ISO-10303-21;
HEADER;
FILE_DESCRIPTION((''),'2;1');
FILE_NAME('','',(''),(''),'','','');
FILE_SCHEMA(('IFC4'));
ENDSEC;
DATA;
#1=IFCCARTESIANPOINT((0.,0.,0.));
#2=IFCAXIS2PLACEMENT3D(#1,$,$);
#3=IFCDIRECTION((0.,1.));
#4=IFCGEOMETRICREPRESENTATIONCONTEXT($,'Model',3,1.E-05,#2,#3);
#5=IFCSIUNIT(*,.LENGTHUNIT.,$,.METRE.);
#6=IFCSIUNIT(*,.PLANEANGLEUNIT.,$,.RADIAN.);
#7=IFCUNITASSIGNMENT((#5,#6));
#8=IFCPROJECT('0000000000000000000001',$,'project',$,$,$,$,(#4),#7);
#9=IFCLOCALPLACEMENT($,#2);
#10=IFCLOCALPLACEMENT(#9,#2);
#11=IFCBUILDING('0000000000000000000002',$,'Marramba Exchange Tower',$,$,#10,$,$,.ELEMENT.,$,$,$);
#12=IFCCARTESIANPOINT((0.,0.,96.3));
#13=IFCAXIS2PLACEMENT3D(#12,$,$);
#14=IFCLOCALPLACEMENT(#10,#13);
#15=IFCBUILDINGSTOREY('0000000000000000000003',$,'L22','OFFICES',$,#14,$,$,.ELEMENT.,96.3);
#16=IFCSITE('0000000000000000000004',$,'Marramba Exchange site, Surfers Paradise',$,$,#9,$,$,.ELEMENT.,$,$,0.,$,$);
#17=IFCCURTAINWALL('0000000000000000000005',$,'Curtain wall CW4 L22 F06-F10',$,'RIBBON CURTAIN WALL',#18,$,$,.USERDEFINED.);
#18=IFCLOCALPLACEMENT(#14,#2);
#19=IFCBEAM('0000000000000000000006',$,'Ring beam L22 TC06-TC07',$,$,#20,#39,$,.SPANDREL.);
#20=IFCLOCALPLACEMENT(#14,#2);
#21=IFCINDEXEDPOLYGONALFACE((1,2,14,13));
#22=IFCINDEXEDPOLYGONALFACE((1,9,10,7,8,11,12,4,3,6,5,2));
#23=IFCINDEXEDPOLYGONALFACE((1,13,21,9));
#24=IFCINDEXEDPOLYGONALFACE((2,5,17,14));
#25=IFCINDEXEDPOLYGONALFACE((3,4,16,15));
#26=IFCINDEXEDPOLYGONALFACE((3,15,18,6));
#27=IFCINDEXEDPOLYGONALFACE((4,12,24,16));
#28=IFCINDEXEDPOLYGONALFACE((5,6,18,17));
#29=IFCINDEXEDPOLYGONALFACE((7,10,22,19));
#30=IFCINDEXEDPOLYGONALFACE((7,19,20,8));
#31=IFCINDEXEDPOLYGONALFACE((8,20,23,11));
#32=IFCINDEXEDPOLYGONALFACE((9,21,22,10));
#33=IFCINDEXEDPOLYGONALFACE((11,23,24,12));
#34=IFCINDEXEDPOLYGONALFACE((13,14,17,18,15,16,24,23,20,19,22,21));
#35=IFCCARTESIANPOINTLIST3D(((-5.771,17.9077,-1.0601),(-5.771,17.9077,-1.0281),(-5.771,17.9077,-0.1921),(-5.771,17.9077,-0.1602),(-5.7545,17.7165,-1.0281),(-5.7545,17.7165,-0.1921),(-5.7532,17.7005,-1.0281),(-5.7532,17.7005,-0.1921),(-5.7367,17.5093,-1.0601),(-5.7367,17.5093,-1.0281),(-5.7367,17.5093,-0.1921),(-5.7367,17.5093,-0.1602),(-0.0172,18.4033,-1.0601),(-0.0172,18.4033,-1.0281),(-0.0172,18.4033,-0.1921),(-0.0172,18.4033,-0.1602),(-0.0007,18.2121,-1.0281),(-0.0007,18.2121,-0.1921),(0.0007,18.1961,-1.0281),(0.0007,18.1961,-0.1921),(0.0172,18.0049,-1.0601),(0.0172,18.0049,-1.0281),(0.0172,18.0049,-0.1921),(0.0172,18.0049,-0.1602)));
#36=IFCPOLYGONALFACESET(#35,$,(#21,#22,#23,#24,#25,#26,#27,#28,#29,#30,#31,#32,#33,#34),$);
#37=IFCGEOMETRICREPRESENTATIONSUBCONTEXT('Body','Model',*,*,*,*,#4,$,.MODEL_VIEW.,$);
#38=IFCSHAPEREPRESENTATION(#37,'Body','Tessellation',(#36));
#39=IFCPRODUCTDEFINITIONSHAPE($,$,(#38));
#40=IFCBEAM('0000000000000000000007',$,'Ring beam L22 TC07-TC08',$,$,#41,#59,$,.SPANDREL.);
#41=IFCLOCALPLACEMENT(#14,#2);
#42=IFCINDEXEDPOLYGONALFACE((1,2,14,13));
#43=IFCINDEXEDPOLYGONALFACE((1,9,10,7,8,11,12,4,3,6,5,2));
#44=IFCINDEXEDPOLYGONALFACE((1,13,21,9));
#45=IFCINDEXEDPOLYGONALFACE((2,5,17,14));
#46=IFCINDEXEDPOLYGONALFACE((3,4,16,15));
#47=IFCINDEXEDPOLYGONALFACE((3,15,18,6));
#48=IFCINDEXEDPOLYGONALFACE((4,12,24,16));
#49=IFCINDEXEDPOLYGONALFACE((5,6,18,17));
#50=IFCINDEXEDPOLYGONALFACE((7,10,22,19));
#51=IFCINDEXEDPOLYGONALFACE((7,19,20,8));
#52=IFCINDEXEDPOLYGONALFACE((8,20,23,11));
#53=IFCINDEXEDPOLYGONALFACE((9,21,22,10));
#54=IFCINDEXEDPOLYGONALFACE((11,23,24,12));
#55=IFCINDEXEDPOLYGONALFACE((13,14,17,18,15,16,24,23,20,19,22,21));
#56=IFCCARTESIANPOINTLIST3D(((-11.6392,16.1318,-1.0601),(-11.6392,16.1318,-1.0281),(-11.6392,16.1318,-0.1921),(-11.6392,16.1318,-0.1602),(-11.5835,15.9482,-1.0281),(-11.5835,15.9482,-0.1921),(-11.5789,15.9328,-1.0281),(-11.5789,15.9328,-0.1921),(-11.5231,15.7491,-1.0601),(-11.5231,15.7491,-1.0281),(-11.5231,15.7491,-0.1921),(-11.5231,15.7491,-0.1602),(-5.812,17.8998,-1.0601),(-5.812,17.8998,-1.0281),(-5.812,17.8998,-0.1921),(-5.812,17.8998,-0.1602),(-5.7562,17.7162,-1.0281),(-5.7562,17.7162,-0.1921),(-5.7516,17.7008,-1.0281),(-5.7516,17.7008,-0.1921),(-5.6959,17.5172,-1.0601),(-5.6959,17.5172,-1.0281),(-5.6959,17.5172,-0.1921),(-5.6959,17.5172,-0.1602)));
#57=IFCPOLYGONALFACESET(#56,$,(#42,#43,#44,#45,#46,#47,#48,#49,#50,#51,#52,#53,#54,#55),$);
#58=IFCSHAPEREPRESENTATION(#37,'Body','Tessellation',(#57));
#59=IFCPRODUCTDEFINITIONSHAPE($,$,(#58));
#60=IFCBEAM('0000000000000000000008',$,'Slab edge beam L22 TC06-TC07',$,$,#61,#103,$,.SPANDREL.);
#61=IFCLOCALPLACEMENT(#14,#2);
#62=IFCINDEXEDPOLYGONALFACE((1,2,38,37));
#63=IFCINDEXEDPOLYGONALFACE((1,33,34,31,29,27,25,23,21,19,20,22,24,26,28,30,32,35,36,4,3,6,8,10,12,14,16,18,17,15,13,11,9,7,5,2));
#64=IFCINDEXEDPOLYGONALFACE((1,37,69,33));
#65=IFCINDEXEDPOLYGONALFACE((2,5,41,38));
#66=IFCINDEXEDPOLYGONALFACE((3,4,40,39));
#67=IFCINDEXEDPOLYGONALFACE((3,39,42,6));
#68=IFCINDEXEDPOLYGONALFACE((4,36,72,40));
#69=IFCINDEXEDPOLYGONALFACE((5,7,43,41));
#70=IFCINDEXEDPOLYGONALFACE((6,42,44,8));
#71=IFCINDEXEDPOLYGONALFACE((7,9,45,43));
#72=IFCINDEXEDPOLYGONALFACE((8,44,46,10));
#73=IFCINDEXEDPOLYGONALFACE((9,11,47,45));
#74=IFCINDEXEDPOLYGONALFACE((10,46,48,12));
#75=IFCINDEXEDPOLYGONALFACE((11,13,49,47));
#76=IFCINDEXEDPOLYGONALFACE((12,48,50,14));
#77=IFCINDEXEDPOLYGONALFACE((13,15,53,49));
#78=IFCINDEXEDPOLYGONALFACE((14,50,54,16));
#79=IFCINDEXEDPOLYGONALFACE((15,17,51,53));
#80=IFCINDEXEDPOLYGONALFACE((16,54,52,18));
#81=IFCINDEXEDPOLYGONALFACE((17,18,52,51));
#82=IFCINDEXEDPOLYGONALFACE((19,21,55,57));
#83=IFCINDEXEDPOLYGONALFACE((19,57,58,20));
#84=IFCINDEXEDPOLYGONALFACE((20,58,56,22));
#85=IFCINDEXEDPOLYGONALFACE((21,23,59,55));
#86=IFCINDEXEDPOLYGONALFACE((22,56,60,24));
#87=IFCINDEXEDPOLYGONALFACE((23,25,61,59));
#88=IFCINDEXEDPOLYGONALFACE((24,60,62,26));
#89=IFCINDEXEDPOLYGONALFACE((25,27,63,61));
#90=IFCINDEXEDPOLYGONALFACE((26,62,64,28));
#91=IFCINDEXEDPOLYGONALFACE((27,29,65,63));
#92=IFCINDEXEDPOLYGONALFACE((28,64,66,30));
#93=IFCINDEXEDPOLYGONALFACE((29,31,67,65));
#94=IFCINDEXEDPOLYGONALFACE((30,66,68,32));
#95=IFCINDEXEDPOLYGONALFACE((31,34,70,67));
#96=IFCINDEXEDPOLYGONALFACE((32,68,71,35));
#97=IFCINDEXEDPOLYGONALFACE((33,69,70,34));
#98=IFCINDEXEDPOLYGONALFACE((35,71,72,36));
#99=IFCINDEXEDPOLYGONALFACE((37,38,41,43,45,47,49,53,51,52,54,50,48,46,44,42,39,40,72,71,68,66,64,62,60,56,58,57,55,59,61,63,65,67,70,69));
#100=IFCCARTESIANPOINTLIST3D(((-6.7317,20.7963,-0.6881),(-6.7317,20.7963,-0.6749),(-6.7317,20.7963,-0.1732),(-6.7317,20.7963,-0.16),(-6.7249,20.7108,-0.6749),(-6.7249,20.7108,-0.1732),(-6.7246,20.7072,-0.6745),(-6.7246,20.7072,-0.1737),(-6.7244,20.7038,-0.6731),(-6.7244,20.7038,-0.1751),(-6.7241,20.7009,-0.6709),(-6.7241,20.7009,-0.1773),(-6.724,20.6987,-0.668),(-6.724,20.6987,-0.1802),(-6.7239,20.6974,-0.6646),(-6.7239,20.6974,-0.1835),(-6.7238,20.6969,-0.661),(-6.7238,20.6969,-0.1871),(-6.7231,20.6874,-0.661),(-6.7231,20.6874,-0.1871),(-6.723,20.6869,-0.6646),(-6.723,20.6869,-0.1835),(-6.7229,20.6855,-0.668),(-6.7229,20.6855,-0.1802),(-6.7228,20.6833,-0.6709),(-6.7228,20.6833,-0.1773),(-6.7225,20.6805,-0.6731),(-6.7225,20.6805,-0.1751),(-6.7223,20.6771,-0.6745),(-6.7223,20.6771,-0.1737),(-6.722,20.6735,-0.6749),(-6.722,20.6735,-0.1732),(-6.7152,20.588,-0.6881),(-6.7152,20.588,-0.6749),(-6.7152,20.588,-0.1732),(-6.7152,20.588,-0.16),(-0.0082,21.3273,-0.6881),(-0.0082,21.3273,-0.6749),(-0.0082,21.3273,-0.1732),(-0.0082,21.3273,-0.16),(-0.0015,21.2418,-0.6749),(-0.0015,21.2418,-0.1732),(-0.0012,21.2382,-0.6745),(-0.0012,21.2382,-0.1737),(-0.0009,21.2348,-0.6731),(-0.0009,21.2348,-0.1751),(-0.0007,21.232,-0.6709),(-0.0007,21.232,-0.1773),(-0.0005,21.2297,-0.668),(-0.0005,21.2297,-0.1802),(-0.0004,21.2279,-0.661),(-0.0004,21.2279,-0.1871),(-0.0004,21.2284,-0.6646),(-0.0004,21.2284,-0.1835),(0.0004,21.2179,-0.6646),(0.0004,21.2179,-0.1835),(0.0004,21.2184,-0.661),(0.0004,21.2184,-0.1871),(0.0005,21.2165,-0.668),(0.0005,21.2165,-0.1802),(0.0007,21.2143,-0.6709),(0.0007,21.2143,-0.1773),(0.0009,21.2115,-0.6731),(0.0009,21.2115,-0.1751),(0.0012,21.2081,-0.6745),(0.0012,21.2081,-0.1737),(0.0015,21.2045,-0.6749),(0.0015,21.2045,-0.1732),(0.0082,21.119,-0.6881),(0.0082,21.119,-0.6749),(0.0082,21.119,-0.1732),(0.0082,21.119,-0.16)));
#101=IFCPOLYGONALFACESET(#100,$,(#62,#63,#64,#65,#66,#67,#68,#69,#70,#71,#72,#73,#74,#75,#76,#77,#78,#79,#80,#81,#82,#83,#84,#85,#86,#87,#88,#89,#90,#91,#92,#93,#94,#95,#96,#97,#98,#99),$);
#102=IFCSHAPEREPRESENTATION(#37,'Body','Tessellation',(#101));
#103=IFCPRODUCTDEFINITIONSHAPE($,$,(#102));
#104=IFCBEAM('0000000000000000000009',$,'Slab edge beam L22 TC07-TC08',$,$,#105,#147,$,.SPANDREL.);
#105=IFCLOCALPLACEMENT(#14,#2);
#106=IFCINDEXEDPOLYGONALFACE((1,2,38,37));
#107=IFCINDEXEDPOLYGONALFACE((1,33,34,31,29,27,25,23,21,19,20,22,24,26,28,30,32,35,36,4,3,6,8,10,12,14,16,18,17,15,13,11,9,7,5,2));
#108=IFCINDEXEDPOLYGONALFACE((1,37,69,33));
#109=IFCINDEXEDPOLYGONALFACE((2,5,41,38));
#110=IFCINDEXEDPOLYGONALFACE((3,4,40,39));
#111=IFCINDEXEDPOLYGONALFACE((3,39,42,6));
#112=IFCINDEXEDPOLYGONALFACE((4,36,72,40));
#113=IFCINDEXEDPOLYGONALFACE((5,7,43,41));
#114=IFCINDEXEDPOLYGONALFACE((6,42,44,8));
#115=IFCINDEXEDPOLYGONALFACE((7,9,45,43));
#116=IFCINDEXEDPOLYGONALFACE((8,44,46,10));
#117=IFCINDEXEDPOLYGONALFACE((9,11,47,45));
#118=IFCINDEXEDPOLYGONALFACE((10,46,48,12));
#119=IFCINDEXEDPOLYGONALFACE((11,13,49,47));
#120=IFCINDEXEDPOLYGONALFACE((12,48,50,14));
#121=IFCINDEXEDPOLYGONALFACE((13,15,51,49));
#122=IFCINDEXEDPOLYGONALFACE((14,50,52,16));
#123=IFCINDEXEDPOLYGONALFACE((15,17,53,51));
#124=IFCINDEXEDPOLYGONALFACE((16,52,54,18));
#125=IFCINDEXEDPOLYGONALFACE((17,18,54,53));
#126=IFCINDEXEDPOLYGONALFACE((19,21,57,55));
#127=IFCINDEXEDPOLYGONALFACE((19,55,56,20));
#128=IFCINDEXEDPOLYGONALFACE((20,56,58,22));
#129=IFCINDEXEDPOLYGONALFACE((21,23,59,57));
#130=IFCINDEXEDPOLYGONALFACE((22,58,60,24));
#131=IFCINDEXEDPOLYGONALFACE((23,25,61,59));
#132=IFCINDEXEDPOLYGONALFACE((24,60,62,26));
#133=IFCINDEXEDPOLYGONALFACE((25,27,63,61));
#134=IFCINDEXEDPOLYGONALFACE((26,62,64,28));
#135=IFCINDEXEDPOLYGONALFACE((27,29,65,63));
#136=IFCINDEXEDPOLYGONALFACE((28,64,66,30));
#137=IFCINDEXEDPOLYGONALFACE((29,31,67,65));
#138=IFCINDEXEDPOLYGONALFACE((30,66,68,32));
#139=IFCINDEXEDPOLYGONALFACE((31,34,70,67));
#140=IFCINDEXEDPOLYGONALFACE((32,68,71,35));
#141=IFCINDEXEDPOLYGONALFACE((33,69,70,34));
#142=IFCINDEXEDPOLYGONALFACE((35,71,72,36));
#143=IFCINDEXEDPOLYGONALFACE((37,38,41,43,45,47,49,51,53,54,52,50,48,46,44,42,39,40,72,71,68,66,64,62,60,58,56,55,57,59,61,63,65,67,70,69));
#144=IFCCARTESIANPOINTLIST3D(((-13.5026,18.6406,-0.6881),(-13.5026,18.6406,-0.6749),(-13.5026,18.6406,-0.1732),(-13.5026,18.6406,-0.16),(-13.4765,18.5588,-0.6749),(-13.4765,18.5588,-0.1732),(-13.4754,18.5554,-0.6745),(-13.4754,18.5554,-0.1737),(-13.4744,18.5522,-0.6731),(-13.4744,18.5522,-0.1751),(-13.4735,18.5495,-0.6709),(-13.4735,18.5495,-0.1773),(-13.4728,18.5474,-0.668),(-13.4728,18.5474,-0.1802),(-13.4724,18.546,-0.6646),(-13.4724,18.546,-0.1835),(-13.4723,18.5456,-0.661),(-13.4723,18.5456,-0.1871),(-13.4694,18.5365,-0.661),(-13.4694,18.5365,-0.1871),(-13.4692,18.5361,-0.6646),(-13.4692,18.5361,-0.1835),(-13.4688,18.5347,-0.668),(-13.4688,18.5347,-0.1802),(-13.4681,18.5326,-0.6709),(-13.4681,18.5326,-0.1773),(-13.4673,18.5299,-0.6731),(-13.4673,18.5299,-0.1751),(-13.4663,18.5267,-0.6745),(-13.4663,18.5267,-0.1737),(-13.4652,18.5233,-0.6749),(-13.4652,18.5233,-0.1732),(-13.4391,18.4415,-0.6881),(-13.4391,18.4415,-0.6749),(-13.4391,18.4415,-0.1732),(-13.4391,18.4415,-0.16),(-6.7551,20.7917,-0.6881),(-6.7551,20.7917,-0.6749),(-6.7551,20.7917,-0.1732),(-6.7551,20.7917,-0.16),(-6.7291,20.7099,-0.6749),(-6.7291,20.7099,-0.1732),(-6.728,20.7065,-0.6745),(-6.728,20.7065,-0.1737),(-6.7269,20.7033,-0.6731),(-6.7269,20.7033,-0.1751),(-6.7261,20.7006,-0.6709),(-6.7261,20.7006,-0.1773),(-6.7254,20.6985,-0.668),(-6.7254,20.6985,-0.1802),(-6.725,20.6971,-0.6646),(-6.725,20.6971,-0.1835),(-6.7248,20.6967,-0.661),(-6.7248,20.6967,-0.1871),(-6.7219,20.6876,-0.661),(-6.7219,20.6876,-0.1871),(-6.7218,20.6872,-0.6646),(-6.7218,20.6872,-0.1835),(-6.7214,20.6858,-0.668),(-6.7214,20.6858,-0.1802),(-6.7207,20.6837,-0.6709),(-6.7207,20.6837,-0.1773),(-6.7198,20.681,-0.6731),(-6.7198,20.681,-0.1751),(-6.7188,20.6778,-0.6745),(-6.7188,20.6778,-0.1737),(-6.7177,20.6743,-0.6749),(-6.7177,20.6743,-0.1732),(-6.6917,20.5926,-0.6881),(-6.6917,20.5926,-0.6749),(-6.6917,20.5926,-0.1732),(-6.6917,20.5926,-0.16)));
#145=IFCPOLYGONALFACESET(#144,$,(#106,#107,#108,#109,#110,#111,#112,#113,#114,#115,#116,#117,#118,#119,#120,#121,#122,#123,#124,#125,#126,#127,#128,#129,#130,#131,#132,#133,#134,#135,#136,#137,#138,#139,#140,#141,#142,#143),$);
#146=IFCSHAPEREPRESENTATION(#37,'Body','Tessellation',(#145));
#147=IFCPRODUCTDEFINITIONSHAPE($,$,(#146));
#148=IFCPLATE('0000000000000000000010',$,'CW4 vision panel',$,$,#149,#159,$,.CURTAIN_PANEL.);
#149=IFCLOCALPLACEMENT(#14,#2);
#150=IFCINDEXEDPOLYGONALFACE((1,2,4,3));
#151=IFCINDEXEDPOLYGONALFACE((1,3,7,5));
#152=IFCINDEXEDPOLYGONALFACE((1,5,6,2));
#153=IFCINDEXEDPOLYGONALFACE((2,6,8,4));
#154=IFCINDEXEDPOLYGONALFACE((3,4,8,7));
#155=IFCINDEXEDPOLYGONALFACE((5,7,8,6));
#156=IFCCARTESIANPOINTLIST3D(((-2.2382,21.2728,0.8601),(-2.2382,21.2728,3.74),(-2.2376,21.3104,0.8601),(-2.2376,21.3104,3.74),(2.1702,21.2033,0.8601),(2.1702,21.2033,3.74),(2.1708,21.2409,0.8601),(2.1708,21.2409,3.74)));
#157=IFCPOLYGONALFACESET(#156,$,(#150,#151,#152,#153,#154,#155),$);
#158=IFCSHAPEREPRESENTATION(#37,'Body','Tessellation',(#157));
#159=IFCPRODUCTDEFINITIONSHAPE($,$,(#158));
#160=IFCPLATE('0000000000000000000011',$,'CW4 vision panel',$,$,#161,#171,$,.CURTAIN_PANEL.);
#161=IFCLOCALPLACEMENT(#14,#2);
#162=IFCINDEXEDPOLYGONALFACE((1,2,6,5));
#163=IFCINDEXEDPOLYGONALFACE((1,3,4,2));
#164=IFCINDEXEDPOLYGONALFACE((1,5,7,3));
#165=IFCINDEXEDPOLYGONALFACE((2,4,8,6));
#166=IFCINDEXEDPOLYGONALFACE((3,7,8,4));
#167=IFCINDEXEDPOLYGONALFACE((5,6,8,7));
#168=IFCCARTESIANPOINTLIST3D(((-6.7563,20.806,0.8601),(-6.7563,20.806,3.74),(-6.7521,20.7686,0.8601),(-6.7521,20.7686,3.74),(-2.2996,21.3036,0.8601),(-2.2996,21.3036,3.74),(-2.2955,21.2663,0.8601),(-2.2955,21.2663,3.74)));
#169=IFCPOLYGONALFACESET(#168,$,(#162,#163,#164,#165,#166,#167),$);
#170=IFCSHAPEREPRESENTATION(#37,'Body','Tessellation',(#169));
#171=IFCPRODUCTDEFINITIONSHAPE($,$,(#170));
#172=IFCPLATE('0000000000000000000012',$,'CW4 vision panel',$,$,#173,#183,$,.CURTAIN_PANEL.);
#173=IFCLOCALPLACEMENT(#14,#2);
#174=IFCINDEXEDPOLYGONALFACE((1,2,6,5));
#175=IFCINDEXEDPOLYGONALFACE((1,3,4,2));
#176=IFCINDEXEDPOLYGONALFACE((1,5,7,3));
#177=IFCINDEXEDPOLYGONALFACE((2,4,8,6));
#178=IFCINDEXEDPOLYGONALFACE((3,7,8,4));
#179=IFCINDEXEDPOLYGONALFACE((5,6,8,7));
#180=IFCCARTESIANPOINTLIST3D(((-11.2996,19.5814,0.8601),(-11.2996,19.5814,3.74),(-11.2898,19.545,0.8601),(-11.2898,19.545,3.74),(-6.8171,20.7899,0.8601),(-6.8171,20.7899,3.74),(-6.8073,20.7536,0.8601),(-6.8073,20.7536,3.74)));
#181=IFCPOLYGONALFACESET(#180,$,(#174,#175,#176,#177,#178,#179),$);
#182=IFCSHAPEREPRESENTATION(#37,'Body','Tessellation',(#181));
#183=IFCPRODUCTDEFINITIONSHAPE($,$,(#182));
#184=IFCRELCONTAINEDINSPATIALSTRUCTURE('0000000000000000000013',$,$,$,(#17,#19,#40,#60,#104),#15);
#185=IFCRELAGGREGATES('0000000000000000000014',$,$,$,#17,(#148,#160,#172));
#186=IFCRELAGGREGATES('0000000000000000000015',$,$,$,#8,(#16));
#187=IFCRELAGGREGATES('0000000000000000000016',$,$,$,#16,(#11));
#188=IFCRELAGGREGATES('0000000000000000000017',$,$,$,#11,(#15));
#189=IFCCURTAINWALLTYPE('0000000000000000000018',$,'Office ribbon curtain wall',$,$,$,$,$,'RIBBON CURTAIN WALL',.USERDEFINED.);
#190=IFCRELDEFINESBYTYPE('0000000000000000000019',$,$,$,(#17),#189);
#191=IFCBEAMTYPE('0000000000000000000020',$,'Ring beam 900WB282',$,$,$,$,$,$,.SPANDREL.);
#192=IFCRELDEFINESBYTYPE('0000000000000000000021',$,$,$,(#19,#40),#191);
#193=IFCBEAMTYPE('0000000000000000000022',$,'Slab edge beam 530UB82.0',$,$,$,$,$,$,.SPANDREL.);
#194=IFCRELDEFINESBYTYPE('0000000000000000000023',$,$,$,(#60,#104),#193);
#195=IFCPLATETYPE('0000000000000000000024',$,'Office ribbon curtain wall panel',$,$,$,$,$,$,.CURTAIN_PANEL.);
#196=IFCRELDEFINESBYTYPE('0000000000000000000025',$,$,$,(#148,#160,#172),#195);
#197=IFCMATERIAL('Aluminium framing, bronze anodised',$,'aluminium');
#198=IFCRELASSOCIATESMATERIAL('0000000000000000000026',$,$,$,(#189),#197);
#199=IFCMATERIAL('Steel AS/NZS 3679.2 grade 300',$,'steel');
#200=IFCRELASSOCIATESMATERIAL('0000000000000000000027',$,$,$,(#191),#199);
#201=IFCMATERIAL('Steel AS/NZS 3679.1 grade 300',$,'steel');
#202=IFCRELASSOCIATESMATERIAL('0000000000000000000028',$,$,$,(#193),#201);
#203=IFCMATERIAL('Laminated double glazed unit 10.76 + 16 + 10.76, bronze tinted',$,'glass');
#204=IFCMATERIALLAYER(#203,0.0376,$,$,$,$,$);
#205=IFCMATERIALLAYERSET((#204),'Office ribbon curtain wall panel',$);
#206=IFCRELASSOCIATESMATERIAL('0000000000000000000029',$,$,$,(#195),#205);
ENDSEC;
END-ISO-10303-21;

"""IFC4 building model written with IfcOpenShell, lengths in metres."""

from ifc_helpers import new_model, si_unit, direction, frame, origin, origin_2d, place, context, subcontext, project, spatial, rectangle, i_section, extrude, material, layer, layer_set, material_profile, profile_set, type_object, element, aggregate, save


model = new_model("IFC4")

# Units and contexts
model_context = context("Model", 3, precision=1e-05, world=origin(), true_north=direction((0.0, 1.0)))
body_context = subcontext(model_context, "Body", "Model", "MODEL_VIEW")
ifc_project = project(units=[si_unit("LENGTHUNIT", "METRE"), si_unit("PLANEANGLEUNIT", "RADIAN")], contexts=[model_context])

# Site, building, storey
site_placement = place(None, origin())
site = spatial("IfcSite", under=ifc_project, at=site_placement, Name="Marramba Exchange site, Surfers Paradise", CompositionType="ELEMENT", RefElevation=0.0)
building_placement = place(site_placement, origin())
building = spatial("IfcBuilding", under=site, at=building_placement, Name="Marramba Exchange Tower", CompositionType="ELEMENT")
storey_placement = place(building_placement, frame((0.0, 0.0, 96.3)))
storey = spatial("IfcBuildingStorey", under=building, at=storey_placement, Name="L22", Description="OFFICES", CompositionType="ELEMENT", Elevation=96.3)

# Shared definitions
ifc_material_1 = material(Name="Steel AS/NZS 3679.2 grade 300", Category="steel")

# Curtain wall
ifc_material_2 = material(Name="Aluminium framing, bronze anodised", Category="aluminium")
curtain_wall_type = type_object("IfcCurtainWallType", Name="Office ribbon curtain wall", ElementType="RIBBON CURTAIN WALL", PredefinedType="USERDEFINED", material=ifc_material_2)
curtain_wall_1_placement = place(storey_placement, origin())
curtain_wall_1 = element("IfcCurtainWall", 1, at=curtain_wall_1_placement, inside=storey, type_object=curtain_wall_type, Name="Curtain wall CW4 L22 F06-F10", ObjectType="RIBBON CURTAIN WALL", PredefinedType="USERDEFINED")

# Beams
ifc_material_profile_1 = material_profile(ifc_material_1, i_section(OverallWidth=0.3999, OverallDepth=0.8999, WebThickness=0.0161, FlangeThickness=0.032, at=origin_2d()), Name="900WB282")
ifc_profile_set_1 = profile_set([ifc_material_profile_1], Name="Steel AS/NZS 3679.2 grade 300")
beam_type_1 = type_object("IfcBeamType", Name="Ring beam 900WB282", PredefinedType="SPANDREL", material=ifc_profile_set_1)
beam_1_placement = place(storey_placement, frame((0.0, 18.2041, -0.6101), z_axis=(-0.996311, -0.085816, 0.0), x_axis=(0.085816, -0.996311, 0.0)))
element("IfcBeam", 2, at=beam_1_placement, inside=storey, type_object=beam_type_1, Name="Ring beam L22 TC06-TC07", PredefinedType="SPANDREL", context=body_context, shape_type="SweptSolid", body=[
    extrude(i_section(OverallWidth=0.3999, OverallDepth=0.8999, WebThickness=0.0161, FlangeThickness=0.032, at=origin_2d()), origin(), (0.0, 0.0, 1.0), 5.7751),
])
beam_2_placement = place(storey_placement, frame((-5.7539, 17.7085, -0.6101), z_axis=(-0.956925, -0.290337, 0.0), x_axis=(0.290337, -0.956925, 0.0)))
element("IfcBeam", 3, at=beam_2_placement, inside=storey, type_object=beam_type_1, Name="Ring beam L22 TC07-TC08", PredefinedType="SPANDREL", context=body_context, shape_type="SweptSolid", body=[
    extrude(i_section(OverallWidth=0.3999, OverallDepth=0.8999, WebThickness=0.0161, FlangeThickness=0.032, at=origin_2d()), origin(), (0.0, 0.0, 1.0), 6.0896),
])
ifc_material_3 = material(Name="Steel AS/NZS 3679.1 grade 300", Category="steel")
ifc_material_profile_2 = material_profile(ifc_material_3, i_section(OverallWidth=0.209, OverallDepth=0.5281, WebThickness=0.0095, FlangeThickness=0.0132, FilletRadius=0.0139, at=origin_2d()), Name="530UB82.0")
ifc_profile_set_2 = profile_set([ifc_material_profile_2], Name="Steel AS/NZS 3679.1 grade 300")
beam_type_2 = type_object("IfcBeamType", Name="Slab edge beam 530UB82.0", PredefinedType="SPANDREL", material=ifc_profile_set_2)
beam_3_placement = place(storey_placement, frame((0.0, 21.2231, -0.4241), z_axis=(-0.996896, -0.078734, 0.0), x_axis=(0.078734, -0.996896, 0.0)))
element("IfcBeam", 4, at=beam_3_placement, inside=storey, type_object=beam_type_2, Name="Slab edge beam L22 TC06-TC07", PredefinedType="SPANDREL", context=body_context, shape_type="SweptSolid", body=[
    extrude(i_section(OverallWidth=0.209, OverallDepth=0.5281, WebThickness=0.0095, FlangeThickness=0.0132, FilletRadius=0.0139, at=origin_2d()), origin(), (0.0, 0.0, 1.0), 6.7444),
])
beam_4_placement = place(storey_placement, frame((-6.7234, 20.6921, -0.4241), z_axis=(-0.952755, -0.303739, 0.0), x_axis=(0.303739, -0.952755, 0.0)))
element("IfcBeam", 5, at=beam_4_placement, inside=storey, type_object=beam_type_2, Name="Slab edge beam L22 TC07-TC08", PredefinedType="SPANDREL", context=body_context, shape_type="SweptSolid", body=[
    extrude(i_section(OverallWidth=0.209, OverallDepth=0.5281, WebThickness=0.0095, FlangeThickness=0.0132, FilletRadius=0.0139, at=origin_2d()), origin(), (0.0, 0.0, 1.0), 7.082),
])

# Plates
ifc_material_4 = material(Name="Laminated double glazed unit 10.76 + 16 + 10.76, bronze tinted", Category="glass")
ifc_layer_1 = layer(ifc_material_4, 0.0376)
ifc_layer_set_1 = layer_set([ifc_layer_1], Name="Office ribbon curtain wall panel")
plate_type = type_object("IfcPlateType", Name="Office ribbon curtain wall panel", PredefinedType="CURTAIN_PANEL", material=ifc_layer_set_1)
plate_1_placement = place(storey_placement, frame((-0.0337, 21.2568, 0.8601), z_axis=(0.0, 0.0, 1.0), x_axis=(-0.999876, 0.015756, 0.0)))
plate_1 = element("IfcPlate", 6, at=plate_1_placement, type_object=plate_type, Name="CW4 vision panel", PredefinedType="CURTAIN_PANEL", context=body_context, shape_type="SweptSolid", body=[
    extrude(rectangle(XDim=4.4089, YDim=0.0376, at=origin_2d()), origin(), (0.0, 0.0, 1.0), 2.8799),
])
plate_2_placement = place(storey_placement, frame((-4.5259, 21.0361, 0.8601), z_axis=(0.0, 0.0, 1.0), x_axis=(-0.993823, -0.110973, 0.0)))
plate_2 = element("IfcPlate", 7, at=plate_2_placement, type_object=plate_type, Name="CW4 vision panel", PredefinedType="CURTAIN_PANEL", context=body_context, shape_type="SweptSolid", body=[
    extrude(rectangle(XDim=4.4844, YDim=0.0376, at=origin_2d()), origin(), (0.0, 0.0, 1.0), 2.8799),
])
plate_3_placement = place(storey_placement, frame((-9.0535, 20.1675, 0.8601), z_axis=(0.0, 0.0, 1.0), x_axis=(-0.965522, -0.260321, 0.0)))
plate_3 = element("IfcPlate", 8, at=plate_3_placement, type_object=plate_type, Name="CW4 vision panel", PredefinedType="CURTAIN_PANEL", context=body_context, shape_type="SweptSolid", body=[
    extrude(rectangle(XDim=4.6426, YDim=0.0376, at=origin_2d()), origin(), (0.0, 0.0, 1.0), 2.8799),
])
aggregate(curtain_wall_1, [plate_1, plate_2, plate_3])

save(model, "model.ifc")
